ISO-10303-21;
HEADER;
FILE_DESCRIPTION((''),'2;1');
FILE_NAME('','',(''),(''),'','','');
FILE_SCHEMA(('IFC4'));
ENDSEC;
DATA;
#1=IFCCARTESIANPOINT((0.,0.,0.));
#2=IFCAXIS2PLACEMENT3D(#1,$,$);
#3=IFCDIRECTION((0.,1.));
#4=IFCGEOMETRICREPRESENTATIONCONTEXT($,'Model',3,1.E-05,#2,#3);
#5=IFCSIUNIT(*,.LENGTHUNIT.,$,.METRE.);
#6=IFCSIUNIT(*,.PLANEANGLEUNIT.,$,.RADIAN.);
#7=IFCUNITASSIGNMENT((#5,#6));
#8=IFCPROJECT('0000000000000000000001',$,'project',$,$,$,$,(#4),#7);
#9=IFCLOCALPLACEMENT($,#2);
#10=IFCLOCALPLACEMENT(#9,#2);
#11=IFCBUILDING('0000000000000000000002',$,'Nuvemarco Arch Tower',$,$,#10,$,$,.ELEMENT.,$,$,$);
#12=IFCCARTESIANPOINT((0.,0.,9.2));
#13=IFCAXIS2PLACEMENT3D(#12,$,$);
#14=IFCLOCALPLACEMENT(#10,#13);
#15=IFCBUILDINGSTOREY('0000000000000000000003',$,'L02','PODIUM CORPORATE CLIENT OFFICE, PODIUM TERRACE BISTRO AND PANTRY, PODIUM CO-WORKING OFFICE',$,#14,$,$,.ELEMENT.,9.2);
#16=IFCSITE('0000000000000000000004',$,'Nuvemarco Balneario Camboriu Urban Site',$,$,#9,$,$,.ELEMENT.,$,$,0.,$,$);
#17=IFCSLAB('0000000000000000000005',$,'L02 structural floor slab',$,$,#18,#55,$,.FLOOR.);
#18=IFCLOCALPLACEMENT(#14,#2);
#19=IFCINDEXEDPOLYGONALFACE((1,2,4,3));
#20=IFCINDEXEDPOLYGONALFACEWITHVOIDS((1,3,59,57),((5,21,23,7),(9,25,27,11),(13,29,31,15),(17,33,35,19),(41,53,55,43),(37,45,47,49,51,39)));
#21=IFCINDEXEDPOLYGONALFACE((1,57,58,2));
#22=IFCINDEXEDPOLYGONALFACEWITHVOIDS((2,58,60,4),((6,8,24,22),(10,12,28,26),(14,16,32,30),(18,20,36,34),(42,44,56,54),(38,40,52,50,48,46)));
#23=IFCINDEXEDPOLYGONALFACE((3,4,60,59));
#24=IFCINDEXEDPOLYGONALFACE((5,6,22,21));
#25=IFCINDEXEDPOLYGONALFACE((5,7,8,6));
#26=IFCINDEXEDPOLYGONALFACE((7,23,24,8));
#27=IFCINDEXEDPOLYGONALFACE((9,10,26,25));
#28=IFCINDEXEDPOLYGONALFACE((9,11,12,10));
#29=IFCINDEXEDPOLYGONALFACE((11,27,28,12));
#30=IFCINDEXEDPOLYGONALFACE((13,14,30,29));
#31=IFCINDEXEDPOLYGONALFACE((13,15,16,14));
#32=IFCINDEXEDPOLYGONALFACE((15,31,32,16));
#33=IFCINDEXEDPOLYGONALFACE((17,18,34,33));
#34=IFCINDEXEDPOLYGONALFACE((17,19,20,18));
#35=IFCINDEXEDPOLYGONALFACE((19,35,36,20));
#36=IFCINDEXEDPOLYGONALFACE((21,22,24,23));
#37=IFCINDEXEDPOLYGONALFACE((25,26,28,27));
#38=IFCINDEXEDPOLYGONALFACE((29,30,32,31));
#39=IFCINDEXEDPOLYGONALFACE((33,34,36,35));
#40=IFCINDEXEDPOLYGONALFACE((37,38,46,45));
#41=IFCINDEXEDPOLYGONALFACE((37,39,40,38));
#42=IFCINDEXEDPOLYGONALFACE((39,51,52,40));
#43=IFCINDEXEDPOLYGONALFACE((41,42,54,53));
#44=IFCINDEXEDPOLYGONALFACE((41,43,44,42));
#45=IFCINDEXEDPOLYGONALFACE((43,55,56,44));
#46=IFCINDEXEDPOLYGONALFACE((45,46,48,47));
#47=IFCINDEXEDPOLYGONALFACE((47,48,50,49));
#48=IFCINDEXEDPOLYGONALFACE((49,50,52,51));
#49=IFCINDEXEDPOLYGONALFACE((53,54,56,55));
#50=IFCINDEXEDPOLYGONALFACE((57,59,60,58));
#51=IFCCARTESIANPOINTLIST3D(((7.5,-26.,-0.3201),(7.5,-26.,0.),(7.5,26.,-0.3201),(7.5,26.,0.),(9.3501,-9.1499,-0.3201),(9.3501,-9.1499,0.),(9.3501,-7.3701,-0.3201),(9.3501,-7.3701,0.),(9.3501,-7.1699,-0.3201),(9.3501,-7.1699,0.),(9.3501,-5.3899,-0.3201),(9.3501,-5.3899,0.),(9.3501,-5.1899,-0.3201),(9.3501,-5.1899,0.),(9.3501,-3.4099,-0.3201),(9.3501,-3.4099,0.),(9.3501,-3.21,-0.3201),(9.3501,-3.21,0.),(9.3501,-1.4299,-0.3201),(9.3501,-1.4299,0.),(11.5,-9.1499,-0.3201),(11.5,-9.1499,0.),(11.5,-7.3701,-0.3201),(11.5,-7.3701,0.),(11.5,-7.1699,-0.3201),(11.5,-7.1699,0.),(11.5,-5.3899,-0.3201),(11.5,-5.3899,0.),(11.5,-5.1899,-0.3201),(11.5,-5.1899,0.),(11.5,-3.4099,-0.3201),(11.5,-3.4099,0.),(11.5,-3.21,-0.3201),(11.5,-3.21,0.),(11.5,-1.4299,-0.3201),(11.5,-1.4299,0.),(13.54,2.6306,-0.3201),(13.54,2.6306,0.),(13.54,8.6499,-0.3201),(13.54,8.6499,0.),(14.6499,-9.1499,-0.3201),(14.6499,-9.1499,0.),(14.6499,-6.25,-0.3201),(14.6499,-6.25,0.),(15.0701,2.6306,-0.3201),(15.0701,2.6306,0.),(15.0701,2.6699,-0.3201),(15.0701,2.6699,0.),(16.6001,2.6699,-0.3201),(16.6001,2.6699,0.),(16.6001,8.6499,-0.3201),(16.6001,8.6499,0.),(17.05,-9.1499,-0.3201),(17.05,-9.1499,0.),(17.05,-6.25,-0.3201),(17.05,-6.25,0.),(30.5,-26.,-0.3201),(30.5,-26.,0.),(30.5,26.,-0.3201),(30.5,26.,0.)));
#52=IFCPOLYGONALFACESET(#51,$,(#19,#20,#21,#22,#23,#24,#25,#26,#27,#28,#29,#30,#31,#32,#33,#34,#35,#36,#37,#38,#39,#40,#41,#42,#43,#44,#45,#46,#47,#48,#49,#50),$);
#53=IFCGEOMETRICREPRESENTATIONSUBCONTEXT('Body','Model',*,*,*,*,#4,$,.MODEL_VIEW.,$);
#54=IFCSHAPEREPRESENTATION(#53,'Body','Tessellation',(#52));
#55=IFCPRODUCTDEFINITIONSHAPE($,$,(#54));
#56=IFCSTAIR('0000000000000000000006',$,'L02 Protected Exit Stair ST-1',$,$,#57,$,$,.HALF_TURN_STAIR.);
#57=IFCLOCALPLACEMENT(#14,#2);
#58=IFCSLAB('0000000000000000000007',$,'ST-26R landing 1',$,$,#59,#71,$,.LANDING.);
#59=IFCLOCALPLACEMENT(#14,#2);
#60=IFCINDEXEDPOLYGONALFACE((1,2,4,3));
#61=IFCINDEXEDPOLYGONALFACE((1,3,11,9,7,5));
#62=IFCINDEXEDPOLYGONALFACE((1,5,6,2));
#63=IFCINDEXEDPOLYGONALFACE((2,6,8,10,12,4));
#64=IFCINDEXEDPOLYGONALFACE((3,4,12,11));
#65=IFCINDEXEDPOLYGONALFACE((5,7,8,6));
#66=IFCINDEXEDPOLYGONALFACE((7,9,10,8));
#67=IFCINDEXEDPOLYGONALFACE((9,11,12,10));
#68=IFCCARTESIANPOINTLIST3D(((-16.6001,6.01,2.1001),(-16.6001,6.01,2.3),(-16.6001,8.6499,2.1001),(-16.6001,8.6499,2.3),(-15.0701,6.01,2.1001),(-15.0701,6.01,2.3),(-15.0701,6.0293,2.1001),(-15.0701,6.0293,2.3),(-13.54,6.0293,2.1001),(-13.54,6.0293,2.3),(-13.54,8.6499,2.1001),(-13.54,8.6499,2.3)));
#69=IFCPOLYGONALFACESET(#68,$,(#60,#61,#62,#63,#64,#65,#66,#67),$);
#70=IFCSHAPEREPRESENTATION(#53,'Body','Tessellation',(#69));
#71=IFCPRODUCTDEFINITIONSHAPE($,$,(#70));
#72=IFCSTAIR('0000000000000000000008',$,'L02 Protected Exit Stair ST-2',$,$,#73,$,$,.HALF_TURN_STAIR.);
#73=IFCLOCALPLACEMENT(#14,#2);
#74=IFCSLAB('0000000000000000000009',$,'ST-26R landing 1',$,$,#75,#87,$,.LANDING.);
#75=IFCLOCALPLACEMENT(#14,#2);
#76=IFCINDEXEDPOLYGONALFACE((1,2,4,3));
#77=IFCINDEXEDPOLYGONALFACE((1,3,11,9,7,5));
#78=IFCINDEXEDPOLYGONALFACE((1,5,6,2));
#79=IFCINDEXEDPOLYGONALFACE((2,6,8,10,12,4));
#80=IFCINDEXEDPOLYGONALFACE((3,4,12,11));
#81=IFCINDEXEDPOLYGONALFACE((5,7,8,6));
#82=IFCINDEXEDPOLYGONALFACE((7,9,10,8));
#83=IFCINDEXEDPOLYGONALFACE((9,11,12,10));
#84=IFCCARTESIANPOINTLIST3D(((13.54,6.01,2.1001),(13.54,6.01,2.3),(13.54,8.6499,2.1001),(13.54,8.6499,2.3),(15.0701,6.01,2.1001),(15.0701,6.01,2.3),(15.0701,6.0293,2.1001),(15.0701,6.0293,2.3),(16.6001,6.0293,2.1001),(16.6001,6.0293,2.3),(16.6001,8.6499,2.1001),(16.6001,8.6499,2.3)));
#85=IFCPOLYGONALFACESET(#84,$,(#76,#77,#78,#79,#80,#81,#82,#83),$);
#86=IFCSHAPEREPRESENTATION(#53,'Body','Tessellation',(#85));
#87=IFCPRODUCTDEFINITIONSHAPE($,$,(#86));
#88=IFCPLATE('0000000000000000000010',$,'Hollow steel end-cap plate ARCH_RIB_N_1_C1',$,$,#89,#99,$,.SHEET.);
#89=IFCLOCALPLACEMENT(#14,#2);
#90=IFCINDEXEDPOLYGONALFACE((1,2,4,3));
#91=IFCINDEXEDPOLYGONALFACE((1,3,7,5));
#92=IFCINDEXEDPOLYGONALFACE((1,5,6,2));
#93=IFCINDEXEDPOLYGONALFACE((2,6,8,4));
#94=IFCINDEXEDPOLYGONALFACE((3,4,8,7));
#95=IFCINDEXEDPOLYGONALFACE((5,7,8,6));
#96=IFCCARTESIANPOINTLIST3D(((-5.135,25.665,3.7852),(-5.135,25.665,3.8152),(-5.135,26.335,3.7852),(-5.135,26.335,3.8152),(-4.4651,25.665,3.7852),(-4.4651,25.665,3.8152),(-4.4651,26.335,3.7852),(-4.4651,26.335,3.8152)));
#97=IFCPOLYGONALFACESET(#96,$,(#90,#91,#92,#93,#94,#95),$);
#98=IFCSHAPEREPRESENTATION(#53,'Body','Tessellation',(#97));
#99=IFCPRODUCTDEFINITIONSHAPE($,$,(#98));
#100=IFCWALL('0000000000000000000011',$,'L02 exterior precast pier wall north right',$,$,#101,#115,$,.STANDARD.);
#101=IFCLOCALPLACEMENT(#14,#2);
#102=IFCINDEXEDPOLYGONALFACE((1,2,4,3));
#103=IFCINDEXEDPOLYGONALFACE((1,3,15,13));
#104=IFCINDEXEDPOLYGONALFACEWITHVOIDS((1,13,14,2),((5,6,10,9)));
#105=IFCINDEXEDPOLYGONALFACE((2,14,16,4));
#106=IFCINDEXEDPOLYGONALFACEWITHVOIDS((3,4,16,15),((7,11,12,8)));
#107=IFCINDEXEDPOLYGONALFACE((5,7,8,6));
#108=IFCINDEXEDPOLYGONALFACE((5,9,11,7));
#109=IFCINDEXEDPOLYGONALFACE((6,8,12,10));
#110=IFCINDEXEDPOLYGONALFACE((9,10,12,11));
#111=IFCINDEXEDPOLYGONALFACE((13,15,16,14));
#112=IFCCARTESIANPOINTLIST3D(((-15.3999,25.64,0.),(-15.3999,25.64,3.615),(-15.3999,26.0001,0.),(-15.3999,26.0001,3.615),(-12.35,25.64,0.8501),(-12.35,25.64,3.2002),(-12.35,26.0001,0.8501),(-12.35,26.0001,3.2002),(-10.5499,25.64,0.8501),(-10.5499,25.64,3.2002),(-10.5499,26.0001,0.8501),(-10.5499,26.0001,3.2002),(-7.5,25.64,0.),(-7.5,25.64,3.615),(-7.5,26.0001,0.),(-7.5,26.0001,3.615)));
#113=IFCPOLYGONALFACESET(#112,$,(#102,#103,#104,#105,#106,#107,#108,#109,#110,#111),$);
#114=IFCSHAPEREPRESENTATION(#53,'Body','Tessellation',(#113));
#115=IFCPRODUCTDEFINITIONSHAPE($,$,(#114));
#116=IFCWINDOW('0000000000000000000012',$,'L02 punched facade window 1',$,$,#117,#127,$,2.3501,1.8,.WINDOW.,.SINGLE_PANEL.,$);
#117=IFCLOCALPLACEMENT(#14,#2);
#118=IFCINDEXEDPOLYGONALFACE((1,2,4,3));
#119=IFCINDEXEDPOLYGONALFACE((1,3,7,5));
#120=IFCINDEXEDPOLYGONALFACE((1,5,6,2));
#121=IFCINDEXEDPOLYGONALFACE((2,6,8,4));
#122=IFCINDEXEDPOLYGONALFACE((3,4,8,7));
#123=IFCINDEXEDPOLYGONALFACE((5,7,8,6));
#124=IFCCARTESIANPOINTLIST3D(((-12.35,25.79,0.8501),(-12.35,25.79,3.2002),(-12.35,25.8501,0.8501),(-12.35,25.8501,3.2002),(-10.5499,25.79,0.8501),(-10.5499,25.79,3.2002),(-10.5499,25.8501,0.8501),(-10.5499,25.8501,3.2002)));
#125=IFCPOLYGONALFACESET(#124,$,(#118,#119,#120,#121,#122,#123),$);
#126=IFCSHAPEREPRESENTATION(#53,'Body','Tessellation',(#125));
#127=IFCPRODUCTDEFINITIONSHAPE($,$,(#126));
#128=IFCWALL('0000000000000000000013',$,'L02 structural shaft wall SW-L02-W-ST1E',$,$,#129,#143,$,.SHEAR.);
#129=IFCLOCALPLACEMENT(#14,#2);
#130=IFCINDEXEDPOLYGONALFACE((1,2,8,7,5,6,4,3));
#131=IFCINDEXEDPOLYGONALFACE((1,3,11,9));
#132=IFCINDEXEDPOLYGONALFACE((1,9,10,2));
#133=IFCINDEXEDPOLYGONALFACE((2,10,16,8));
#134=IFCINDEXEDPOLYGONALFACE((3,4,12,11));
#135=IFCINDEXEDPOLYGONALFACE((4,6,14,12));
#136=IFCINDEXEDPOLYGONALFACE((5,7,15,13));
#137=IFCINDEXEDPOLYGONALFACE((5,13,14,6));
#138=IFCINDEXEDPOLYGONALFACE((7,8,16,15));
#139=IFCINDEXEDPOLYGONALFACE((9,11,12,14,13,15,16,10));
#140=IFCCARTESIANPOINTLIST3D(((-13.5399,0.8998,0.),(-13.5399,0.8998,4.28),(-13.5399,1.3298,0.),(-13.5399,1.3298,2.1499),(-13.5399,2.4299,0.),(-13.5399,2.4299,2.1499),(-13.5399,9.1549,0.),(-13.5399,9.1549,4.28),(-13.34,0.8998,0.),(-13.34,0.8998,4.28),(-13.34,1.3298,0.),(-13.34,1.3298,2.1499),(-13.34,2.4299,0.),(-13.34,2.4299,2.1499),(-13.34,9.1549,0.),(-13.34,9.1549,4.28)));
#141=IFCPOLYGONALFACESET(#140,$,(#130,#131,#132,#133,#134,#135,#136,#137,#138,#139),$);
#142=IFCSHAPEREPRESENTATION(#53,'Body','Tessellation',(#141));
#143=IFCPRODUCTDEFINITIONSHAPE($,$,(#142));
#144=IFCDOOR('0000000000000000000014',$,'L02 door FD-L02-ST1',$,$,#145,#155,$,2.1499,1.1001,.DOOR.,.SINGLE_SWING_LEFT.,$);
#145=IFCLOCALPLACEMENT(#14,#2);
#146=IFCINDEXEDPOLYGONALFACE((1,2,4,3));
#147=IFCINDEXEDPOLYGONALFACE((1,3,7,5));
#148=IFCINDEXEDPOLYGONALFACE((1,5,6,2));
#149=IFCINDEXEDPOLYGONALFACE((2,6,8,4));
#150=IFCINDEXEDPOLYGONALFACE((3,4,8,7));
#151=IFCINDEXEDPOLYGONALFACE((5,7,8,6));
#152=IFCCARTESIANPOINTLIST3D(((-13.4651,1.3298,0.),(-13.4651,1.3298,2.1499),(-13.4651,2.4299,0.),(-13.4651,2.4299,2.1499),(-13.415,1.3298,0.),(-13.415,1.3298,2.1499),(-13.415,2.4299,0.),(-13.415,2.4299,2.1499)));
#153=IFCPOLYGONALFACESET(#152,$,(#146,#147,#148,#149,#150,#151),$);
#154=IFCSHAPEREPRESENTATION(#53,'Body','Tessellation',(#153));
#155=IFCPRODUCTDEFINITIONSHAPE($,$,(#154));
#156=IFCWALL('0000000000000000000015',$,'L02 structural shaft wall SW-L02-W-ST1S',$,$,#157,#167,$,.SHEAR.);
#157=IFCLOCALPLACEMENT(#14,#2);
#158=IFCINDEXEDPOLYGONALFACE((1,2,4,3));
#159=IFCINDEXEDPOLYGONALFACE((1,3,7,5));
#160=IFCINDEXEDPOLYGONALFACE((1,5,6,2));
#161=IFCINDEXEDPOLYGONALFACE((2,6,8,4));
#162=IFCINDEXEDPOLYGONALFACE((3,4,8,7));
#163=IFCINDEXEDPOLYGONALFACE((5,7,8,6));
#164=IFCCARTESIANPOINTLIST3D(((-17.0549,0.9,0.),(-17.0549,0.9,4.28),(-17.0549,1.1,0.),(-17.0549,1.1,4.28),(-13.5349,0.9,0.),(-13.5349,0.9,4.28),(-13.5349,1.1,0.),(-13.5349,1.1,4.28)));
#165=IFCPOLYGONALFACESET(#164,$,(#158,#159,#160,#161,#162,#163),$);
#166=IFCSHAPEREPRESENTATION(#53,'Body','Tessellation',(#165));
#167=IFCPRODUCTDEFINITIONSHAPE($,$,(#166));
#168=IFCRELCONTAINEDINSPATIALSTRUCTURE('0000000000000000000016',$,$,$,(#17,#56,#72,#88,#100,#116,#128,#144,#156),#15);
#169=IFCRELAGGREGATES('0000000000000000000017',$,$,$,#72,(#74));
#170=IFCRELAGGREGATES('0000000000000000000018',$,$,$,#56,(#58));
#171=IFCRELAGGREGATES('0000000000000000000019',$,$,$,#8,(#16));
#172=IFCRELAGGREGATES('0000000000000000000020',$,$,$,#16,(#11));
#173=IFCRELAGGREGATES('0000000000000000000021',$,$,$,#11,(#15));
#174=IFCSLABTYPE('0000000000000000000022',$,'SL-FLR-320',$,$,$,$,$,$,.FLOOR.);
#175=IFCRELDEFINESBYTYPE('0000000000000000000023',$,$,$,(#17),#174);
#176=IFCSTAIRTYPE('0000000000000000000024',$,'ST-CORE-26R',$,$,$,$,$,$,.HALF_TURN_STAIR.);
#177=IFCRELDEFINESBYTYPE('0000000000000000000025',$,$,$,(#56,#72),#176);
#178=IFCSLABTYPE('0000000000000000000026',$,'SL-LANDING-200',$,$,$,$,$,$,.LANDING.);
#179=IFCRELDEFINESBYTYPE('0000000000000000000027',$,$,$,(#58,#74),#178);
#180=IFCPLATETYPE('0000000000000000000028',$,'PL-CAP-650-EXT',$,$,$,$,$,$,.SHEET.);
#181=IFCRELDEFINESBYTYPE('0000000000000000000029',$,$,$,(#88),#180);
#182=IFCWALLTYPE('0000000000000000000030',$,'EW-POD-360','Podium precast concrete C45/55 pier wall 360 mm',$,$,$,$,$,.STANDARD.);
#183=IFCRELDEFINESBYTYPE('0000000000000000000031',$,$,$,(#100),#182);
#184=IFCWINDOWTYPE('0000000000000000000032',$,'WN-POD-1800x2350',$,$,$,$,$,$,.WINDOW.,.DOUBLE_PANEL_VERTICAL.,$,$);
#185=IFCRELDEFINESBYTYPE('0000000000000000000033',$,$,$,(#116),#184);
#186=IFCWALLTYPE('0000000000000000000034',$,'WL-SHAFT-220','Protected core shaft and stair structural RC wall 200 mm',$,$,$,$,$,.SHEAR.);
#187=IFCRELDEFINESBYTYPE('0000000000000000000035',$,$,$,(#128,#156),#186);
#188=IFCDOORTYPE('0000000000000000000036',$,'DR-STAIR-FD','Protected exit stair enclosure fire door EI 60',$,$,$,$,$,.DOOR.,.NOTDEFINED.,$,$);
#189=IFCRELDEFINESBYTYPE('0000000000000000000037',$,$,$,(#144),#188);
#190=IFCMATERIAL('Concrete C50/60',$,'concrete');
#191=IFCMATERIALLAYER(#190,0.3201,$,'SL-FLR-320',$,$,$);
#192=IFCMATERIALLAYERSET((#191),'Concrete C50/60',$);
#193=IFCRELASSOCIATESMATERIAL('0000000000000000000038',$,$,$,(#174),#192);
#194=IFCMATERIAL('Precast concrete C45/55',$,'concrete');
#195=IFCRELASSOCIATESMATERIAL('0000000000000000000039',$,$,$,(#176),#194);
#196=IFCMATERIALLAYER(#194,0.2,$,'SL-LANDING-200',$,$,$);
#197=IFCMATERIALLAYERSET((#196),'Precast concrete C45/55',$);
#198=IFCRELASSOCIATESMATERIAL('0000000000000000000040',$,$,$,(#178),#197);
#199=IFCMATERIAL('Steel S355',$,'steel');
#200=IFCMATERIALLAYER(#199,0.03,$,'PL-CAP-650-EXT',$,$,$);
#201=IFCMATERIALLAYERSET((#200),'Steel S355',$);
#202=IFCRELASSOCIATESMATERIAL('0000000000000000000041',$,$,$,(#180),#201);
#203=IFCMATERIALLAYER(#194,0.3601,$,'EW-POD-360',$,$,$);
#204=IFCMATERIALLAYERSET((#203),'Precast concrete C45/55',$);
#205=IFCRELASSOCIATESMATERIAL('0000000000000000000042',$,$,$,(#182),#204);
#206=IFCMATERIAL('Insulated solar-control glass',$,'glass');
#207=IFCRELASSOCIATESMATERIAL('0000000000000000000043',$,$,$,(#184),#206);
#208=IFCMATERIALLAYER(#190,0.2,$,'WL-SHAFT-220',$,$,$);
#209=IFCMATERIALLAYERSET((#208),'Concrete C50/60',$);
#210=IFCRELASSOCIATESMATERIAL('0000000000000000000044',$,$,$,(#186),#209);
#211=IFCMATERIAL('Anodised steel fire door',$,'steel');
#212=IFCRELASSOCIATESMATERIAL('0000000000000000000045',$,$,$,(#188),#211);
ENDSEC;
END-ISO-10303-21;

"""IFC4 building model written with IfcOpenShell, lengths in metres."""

from ifc_helpers import new_model, si_unit, direction, frame, frame_2d, origin, origin_2d, place, context, subcontext, project, spatial, polyline, rectangle, outline, extrude, source, transform, mapped, material, layer, layer_set, type_object, type_shapes, element, fill, aggregate, save


model = new_model("IFC4")

# Units and contexts
model_context = context("Model", 3, precision=1e-05, world=origin(), true_north=direction((0.0, 1.0)))
body_context = subcontext(model_context, "Body", "Model", "MODEL_VIEW")
ifc_project = project(units=[si_unit("LENGTHUNIT", "METRE"), si_unit("PLANEANGLEUNIT", "RADIAN")], contexts=[model_context])

# Site, building, storey
site_placement = place(None, origin())
site = spatial("IfcSite", under=ifc_project, at=site_placement, Name="Nuvemarco Balneario Camboriu Urban Site", CompositionType="ELEMENT", RefElevation=0.0)
building_placement = place(site_placement, origin())
building = spatial("IfcBuilding", under=site, at=building_placement, Name="Nuvemarco Arch Tower", CompositionType="ELEMENT")
storey_placement = place(building_placement, frame((0.0, 0.0, 9.2)))
storey = spatial("IfcBuildingStorey", under=building, at=storey_placement, Name="L02", Description="PODIUM CORPORATE CLIENT OFFICE, PODIUM TERRACE BISTRO AND PANTRY, PODIUM CO-WORKING OFFICE", CompositionType="ELEMENT", Elevation=9.2)

# Shared definitions
ifc_material_1 = material(Name="Steel S355", Category="steel")

# Slab
ifc_material_2 = material(Name="Concrete C50/60", Category="concrete")
ifc_layer_1 = layer(ifc_material_2, 0.3201, Name="SL-FLR-320")
ifc_layer_set_1 = layer_set([ifc_layer_1], Name="Concrete C50/60")
slab_type_1 = type_object("IfcSlabType", Name="SL-FLR-320", PredefinedType="FLOOR", material=ifc_layer_set_1)
slab_1_placement = place(storey_placement, frame((0.0, 0.0, -0.3201)))
element("IfcSlab", 1, at=slab_1_placement, inside=storey, type_object=slab_type_1, Name="L02 structural floor slab", PredefinedType="FLOOR", context=body_context, shape_type="SweptSolid", body=[
    extrude(outline(polyline([(7.5, -26.0), (30.5, -26.0), (30.5, 26.0), (7.5, 26.0), (7.5, -26.0)]), holes=[polyline([(16.6001, 2.6699), (16.6001, 8.6499), (13.54, 8.6499), (13.54, 2.6306), (15.0701, 2.6306), (15.0701, 2.6699), (16.6001, 2.6699)]), polyline([(14.6499, -9.1499), (17.05, -9.1499), (17.05, -6.25), (14.6499, -6.25), (14.6499, -9.1499)]), polyline([(9.3501, -9.1499), (11.5, -9.1499), (11.5, -7.3701), (9.3501, -7.3701), (9.3501, -9.1499)]), polyline([(9.3501, -7.1699), (11.5, -7.1699), (11.5, -5.3899), (9.3501, -5.3899), (9.3501, -7.1699)]), polyline([(9.3501, -5.1899), (11.5, -5.1899), (11.5, -3.4099), (9.3501, -3.4099), (9.3501, -5.1899)]), polyline([(9.3501, -3.21), (11.5, -3.21), (11.5, -1.4299), (9.3501, -1.4299), (9.3501, -3.21)])]), origin(), (0.0, 0.0, 1.0), 0.3201),
])

# Stairs, slabs
ifc_material_3 = material(Name="Precast concrete C45/55", Category="concrete")
stair_type = type_object("IfcStairType", Name="ST-CORE-26R", PredefinedType="HALF_TURN_STAIR", material=ifc_material_3)
stair_1_placement = place(storey_placement, origin())
stair_1 = element("IfcStair", 2, at=stair_1_placement, inside=storey, type_object=stair_type, Name="L02 Protected Exit Stair ST-1", PredefinedType="HALF_TURN_STAIR")
ifc_layer_2 = layer(ifc_material_3, 0.2, Name="SL-LANDING-200")
ifc_layer_set_2 = layer_set([ifc_layer_2], Name="Precast concrete C45/55")
slab_type_2 = type_object("IfcSlabType", Name="SL-LANDING-200", PredefinedType="LANDING", material=ifc_layer_set_2)
slab_2_placement = place(storey_placement, frame((0.0, 0.0, 2.1001)))
slab_2 = element("IfcSlab", 3, at=slab_2_placement, type_object=slab_type_2, Name="ST-26R landing 1", PredefinedType="LANDING", context=body_context, shape_type="SweptSolid", body=[
    extrude(outline(polyline([(-13.54, 6.0293), (-13.54, 8.6499), (-16.6001, 8.6499), (-16.6001, 6.01), (-15.0701, 6.01), (-15.0701, 6.0293), (-13.54, 6.0293)])), origin(), (0.0, 0.0, 1.0), 0.2),
])
stair_2_placement = place(storey_placement, origin())
stair_2 = element("IfcStair", 4, at=stair_2_placement, inside=storey, type_object=stair_type, Name="L02 Protected Exit Stair ST-2", PredefinedType="HALF_TURN_STAIR")
slab_3_placement = place(storey_placement, frame((0.0, 0.0, 2.1001)))
slab_3 = element("IfcSlab", 5, at=slab_3_placement, type_object=slab_type_2, Name="ST-26R landing 1", PredefinedType="LANDING", context=body_context, shape_type="SweptSolid", body=[
    extrude(outline(polyline([(16.6001, 6.0293), (16.6001, 8.6499), (13.54, 8.6499), (13.54, 6.01), (15.0701, 6.01), (15.0701, 6.0293), (16.6001, 6.0293)])), origin(), (0.0, 0.0, 1.0), 0.2),
])
aggregate(stair_2, [slab_3])

# Plate
ifc_layer_3 = layer(ifc_material_1, 0.03, Name="PL-CAP-650-EXT")
ifc_layer_set_3 = layer_set([ifc_layer_3], Name="Steel S355")
plate_type = type_object("IfcPlateType", Name="PL-CAP-650-EXT", PredefinedType="SHEET", material=ifc_layer_set_3)
shared_shape_1 = source(origin(), body_context, "Body", "SweptSolid", [
    extrude(rectangle(XDim=0.6699, YDim=0.6699, at=origin_2d()), origin(), (0.0, 0.0, 1.0), 0.03),
])
type_shapes(plate_type, [shared_shape_1])
plate_placement = place(storey_placement, frame((-4.8, 26.0, 3.7852), z_axis=(0.0, 0.0, 1.0), x_axis=(1.0, 0.0, 0.0)))
element("IfcPlate", 6, at=plate_placement, inside=storey, type_object=plate_type, Name="Hollow steel end-cap plate ARCH_RIB_N_1_C1", PredefinedType="SHEET", context=body_context, shape_type="MappedRepresentation", body=[
    mapped(shared_shape_1, transform((0.0, 0.0, 0.0), scale=1.0)),
])

# Wall, opening, window
ifc_layer_4 = layer(ifc_material_3, 0.3601, Name="EW-POD-360")
ifc_layer_set_4 = layer_set([ifc_layer_4], Name="Precast concrete C45/55")
wall_type_1 = type_object("IfcWallType", Name="EW-POD-360", Description="Podium precast concrete C45/55 pier wall 360 mm", PredefinedType="STANDARD", material=ifc_layer_set_4)
wall_1_placement = place(storey_placement, frame((-15.3999, 25.8201, 0.0), z_axis=(0.0, 0.0, 1.0), x_axis=(1.0, 0.0, 0.0)))
wall_1 = element("IfcWall", 7, at=wall_1_placement, inside=storey, type_object=wall_type_1, Name="L02 exterior precast pier wall north right", PredefinedType="STANDARD", context=body_context, shape_type="SweptSolid", body=[
    extrude(rectangle(XDim=7.8999, YDim=0.3601, at=frame_2d((3.95, 0.0))), origin(), (0.0, 0.0, 1.0), 3.615),
])
opening_1_placement = place(wall_1_placement, frame((3.05, 0.0, 0.8501)))
opening_1 = element("IfcOpeningElement", 8, at=opening_1_placement, cuts=wall_1, PredefinedType="OPENING", context=body_context, shape_type="SweptSolid", body=[
    extrude(rectangle(XDim=1.8, YDim=2.3501, at=frame_2d((0.8999, 1.175))), frame((0.0, 0.1899, 0.0), z_axis=(0.0, -1.0, 0.0), x_axis=(1.0, 0.0, 0.0)), (0.0, 0.0, 1.0), 0.3801),
])
ifc_material_4 = material(Name="Insulated solar-control glass", Category="glass")
window_type = type_object("IfcWindowType", Name="WN-POD-1800x2350", PartitioningType="DOUBLE_PANEL_VERTICAL", PredefinedType="WINDOW", material=ifc_material_4)
shared_shape_2 = source(origin(), body_context, "Body", "SweptSolid", [
    extrude(rectangle(XDim=1.8, YDim=2.3501, at=frame_2d((0.8999, 1.175))), frame((0.0, 0.03, 0.0), z_axis=(0.0, -1.0, 0.0), x_axis=(1.0, 0.0, 0.0)), (0.0, 0.0, 1.0), 0.0601),
])
type_shapes(window_type, [shared_shape_2])
window_placement = place(opening_1_placement, origin())
window = element("IfcWindow", 9, at=window_placement, inside=storey, type_object=window_type, Name="L02 punched facade window 1", OverallHeight=2.3501, OverallWidth=1.8, PartitioningType="SINGLE_PANEL", PredefinedType="WINDOW", context=body_context, shape_type="MappedRepresentation", body=[
    mapped(shared_shape_2, transform((0.0, 0.0, 0.0), scale=1.0)),
])
fill(opening_1, window)

# Wall, opening, door
ifc_layer_5 = layer(ifc_material_2, 0.2, Name="WL-SHAFT-220")
ifc_layer_set_5 = layer_set([ifc_layer_5], Name="Concrete C50/60")
wall_type_2 = type_object("IfcWallType", Name="WL-SHAFT-220", Description="Protected core shaft and stair structural RC wall 200 mm", PredefinedType="SHEAR", material=ifc_layer_set_5)
wall_2_placement = place(storey_placement, frame((-13.4399, 0.8999, 0.0), z_axis=(0.0, 0.0, 1.0), x_axis=(0.0, 1.0, 0.0)))
wall_2 = element("IfcWall", 10, at=wall_2_placement, inside=storey, type_object=wall_type_2, Name="L02 structural shaft wall SW-L02-W-ST1E", PredefinedType="SHEAR", context=body_context, shape_type="SweptSolid", body=[
    extrude(rectangle(XDim=8.2551, YDim=0.2, at=frame_2d((4.1274, 0.0))), origin(), (0.0, 0.0, 1.0), 4.28),
])
opening_2_placement = place(wall_2_placement, frame((1.53, 0.0, 0.0), z_axis=(0.0, 0.0, 1.0), x_axis=(-1.0, 0.0, 0.0)))
opening_2 = element("IfcOpeningElement", 11, at=opening_2_placement, cuts=wall_2, PredefinedType="OPENING", context=body_context, shape_type="SweptSolid", body=[
    extrude(rectangle(XDim=1.1001, YDim=2.1499, at=frame_2d((0.55, 1.075))), frame((0.0, 0.1099, 0.0), z_axis=(0.0, -1.0, 0.0), x_axis=(1.0, 0.0, 0.0)), (0.0, 0.0, 1.0), 0.22),
])
ifc_material_5 = material(Name="Anodised steel fire door", Category="steel")
door_type = type_object("IfcDoorType", Name="DR-STAIR-FD", Description="Protected exit stair enclosure fire door EI 60", OperationType="NOTDEFINED", PredefinedType="DOOR", material=ifc_material_5)
shared_shape_3 = source(origin(), body_context, "Body", "SweptSolid", [
    extrude(rectangle(XDim=1.1001, YDim=2.1499, at=frame_2d((0.55, 1.075))), frame((0.0, 0.0249, 0.0), z_axis=(0.0, -1.0, 0.0), x_axis=(1.0, 0.0, 0.0)), (0.0, 0.0, 1.0), 0.05),
])
type_shapes(door_type, [shared_shape_3])
door_placement = place(opening_2_placement, origin())
door = element("IfcDoor", 12, at=door_placement, inside=storey, type_object=door_type, Name="L02 door FD-L02-ST1", OperationType="SINGLE_SWING_LEFT", OverallHeight=2.1499, OverallWidth=1.1001, PredefinedType="DOOR", context=body_context, shape_type="MappedRepresentation", body=[
    mapped(shared_shape_3, transform((0.0, 0.0, 0.0), scale=1.0)),
])
fill(opening_2, door)

# Wall
for number, where, z_axis, x_axis, name in (
    (13, (-17.0549, 1.0, 0.0), (0.0, 0.0, 1.0), (1.0, 0.0, 0.0), "L02 structural shaft wall SW-L02-W-ST1S"),
):
    element("IfcWall", number, at=place(storey_placement, frame(where, z_axis=z_axis, x_axis=x_axis)), inside=storey, type_object=wall_type_2, Name=name, PredefinedType="SHEAR", context=body_context, shape_type="SweptSolid", body=[
        extrude(rectangle(XDim=3.52, YDim=0.2, at=frame_2d((1.76, 0.0))), origin(), (0.0, 0.0, 1.0), 4.28),
    ])

aggregate(stair_1, [slab_2])

save(model, "model.ifc")
